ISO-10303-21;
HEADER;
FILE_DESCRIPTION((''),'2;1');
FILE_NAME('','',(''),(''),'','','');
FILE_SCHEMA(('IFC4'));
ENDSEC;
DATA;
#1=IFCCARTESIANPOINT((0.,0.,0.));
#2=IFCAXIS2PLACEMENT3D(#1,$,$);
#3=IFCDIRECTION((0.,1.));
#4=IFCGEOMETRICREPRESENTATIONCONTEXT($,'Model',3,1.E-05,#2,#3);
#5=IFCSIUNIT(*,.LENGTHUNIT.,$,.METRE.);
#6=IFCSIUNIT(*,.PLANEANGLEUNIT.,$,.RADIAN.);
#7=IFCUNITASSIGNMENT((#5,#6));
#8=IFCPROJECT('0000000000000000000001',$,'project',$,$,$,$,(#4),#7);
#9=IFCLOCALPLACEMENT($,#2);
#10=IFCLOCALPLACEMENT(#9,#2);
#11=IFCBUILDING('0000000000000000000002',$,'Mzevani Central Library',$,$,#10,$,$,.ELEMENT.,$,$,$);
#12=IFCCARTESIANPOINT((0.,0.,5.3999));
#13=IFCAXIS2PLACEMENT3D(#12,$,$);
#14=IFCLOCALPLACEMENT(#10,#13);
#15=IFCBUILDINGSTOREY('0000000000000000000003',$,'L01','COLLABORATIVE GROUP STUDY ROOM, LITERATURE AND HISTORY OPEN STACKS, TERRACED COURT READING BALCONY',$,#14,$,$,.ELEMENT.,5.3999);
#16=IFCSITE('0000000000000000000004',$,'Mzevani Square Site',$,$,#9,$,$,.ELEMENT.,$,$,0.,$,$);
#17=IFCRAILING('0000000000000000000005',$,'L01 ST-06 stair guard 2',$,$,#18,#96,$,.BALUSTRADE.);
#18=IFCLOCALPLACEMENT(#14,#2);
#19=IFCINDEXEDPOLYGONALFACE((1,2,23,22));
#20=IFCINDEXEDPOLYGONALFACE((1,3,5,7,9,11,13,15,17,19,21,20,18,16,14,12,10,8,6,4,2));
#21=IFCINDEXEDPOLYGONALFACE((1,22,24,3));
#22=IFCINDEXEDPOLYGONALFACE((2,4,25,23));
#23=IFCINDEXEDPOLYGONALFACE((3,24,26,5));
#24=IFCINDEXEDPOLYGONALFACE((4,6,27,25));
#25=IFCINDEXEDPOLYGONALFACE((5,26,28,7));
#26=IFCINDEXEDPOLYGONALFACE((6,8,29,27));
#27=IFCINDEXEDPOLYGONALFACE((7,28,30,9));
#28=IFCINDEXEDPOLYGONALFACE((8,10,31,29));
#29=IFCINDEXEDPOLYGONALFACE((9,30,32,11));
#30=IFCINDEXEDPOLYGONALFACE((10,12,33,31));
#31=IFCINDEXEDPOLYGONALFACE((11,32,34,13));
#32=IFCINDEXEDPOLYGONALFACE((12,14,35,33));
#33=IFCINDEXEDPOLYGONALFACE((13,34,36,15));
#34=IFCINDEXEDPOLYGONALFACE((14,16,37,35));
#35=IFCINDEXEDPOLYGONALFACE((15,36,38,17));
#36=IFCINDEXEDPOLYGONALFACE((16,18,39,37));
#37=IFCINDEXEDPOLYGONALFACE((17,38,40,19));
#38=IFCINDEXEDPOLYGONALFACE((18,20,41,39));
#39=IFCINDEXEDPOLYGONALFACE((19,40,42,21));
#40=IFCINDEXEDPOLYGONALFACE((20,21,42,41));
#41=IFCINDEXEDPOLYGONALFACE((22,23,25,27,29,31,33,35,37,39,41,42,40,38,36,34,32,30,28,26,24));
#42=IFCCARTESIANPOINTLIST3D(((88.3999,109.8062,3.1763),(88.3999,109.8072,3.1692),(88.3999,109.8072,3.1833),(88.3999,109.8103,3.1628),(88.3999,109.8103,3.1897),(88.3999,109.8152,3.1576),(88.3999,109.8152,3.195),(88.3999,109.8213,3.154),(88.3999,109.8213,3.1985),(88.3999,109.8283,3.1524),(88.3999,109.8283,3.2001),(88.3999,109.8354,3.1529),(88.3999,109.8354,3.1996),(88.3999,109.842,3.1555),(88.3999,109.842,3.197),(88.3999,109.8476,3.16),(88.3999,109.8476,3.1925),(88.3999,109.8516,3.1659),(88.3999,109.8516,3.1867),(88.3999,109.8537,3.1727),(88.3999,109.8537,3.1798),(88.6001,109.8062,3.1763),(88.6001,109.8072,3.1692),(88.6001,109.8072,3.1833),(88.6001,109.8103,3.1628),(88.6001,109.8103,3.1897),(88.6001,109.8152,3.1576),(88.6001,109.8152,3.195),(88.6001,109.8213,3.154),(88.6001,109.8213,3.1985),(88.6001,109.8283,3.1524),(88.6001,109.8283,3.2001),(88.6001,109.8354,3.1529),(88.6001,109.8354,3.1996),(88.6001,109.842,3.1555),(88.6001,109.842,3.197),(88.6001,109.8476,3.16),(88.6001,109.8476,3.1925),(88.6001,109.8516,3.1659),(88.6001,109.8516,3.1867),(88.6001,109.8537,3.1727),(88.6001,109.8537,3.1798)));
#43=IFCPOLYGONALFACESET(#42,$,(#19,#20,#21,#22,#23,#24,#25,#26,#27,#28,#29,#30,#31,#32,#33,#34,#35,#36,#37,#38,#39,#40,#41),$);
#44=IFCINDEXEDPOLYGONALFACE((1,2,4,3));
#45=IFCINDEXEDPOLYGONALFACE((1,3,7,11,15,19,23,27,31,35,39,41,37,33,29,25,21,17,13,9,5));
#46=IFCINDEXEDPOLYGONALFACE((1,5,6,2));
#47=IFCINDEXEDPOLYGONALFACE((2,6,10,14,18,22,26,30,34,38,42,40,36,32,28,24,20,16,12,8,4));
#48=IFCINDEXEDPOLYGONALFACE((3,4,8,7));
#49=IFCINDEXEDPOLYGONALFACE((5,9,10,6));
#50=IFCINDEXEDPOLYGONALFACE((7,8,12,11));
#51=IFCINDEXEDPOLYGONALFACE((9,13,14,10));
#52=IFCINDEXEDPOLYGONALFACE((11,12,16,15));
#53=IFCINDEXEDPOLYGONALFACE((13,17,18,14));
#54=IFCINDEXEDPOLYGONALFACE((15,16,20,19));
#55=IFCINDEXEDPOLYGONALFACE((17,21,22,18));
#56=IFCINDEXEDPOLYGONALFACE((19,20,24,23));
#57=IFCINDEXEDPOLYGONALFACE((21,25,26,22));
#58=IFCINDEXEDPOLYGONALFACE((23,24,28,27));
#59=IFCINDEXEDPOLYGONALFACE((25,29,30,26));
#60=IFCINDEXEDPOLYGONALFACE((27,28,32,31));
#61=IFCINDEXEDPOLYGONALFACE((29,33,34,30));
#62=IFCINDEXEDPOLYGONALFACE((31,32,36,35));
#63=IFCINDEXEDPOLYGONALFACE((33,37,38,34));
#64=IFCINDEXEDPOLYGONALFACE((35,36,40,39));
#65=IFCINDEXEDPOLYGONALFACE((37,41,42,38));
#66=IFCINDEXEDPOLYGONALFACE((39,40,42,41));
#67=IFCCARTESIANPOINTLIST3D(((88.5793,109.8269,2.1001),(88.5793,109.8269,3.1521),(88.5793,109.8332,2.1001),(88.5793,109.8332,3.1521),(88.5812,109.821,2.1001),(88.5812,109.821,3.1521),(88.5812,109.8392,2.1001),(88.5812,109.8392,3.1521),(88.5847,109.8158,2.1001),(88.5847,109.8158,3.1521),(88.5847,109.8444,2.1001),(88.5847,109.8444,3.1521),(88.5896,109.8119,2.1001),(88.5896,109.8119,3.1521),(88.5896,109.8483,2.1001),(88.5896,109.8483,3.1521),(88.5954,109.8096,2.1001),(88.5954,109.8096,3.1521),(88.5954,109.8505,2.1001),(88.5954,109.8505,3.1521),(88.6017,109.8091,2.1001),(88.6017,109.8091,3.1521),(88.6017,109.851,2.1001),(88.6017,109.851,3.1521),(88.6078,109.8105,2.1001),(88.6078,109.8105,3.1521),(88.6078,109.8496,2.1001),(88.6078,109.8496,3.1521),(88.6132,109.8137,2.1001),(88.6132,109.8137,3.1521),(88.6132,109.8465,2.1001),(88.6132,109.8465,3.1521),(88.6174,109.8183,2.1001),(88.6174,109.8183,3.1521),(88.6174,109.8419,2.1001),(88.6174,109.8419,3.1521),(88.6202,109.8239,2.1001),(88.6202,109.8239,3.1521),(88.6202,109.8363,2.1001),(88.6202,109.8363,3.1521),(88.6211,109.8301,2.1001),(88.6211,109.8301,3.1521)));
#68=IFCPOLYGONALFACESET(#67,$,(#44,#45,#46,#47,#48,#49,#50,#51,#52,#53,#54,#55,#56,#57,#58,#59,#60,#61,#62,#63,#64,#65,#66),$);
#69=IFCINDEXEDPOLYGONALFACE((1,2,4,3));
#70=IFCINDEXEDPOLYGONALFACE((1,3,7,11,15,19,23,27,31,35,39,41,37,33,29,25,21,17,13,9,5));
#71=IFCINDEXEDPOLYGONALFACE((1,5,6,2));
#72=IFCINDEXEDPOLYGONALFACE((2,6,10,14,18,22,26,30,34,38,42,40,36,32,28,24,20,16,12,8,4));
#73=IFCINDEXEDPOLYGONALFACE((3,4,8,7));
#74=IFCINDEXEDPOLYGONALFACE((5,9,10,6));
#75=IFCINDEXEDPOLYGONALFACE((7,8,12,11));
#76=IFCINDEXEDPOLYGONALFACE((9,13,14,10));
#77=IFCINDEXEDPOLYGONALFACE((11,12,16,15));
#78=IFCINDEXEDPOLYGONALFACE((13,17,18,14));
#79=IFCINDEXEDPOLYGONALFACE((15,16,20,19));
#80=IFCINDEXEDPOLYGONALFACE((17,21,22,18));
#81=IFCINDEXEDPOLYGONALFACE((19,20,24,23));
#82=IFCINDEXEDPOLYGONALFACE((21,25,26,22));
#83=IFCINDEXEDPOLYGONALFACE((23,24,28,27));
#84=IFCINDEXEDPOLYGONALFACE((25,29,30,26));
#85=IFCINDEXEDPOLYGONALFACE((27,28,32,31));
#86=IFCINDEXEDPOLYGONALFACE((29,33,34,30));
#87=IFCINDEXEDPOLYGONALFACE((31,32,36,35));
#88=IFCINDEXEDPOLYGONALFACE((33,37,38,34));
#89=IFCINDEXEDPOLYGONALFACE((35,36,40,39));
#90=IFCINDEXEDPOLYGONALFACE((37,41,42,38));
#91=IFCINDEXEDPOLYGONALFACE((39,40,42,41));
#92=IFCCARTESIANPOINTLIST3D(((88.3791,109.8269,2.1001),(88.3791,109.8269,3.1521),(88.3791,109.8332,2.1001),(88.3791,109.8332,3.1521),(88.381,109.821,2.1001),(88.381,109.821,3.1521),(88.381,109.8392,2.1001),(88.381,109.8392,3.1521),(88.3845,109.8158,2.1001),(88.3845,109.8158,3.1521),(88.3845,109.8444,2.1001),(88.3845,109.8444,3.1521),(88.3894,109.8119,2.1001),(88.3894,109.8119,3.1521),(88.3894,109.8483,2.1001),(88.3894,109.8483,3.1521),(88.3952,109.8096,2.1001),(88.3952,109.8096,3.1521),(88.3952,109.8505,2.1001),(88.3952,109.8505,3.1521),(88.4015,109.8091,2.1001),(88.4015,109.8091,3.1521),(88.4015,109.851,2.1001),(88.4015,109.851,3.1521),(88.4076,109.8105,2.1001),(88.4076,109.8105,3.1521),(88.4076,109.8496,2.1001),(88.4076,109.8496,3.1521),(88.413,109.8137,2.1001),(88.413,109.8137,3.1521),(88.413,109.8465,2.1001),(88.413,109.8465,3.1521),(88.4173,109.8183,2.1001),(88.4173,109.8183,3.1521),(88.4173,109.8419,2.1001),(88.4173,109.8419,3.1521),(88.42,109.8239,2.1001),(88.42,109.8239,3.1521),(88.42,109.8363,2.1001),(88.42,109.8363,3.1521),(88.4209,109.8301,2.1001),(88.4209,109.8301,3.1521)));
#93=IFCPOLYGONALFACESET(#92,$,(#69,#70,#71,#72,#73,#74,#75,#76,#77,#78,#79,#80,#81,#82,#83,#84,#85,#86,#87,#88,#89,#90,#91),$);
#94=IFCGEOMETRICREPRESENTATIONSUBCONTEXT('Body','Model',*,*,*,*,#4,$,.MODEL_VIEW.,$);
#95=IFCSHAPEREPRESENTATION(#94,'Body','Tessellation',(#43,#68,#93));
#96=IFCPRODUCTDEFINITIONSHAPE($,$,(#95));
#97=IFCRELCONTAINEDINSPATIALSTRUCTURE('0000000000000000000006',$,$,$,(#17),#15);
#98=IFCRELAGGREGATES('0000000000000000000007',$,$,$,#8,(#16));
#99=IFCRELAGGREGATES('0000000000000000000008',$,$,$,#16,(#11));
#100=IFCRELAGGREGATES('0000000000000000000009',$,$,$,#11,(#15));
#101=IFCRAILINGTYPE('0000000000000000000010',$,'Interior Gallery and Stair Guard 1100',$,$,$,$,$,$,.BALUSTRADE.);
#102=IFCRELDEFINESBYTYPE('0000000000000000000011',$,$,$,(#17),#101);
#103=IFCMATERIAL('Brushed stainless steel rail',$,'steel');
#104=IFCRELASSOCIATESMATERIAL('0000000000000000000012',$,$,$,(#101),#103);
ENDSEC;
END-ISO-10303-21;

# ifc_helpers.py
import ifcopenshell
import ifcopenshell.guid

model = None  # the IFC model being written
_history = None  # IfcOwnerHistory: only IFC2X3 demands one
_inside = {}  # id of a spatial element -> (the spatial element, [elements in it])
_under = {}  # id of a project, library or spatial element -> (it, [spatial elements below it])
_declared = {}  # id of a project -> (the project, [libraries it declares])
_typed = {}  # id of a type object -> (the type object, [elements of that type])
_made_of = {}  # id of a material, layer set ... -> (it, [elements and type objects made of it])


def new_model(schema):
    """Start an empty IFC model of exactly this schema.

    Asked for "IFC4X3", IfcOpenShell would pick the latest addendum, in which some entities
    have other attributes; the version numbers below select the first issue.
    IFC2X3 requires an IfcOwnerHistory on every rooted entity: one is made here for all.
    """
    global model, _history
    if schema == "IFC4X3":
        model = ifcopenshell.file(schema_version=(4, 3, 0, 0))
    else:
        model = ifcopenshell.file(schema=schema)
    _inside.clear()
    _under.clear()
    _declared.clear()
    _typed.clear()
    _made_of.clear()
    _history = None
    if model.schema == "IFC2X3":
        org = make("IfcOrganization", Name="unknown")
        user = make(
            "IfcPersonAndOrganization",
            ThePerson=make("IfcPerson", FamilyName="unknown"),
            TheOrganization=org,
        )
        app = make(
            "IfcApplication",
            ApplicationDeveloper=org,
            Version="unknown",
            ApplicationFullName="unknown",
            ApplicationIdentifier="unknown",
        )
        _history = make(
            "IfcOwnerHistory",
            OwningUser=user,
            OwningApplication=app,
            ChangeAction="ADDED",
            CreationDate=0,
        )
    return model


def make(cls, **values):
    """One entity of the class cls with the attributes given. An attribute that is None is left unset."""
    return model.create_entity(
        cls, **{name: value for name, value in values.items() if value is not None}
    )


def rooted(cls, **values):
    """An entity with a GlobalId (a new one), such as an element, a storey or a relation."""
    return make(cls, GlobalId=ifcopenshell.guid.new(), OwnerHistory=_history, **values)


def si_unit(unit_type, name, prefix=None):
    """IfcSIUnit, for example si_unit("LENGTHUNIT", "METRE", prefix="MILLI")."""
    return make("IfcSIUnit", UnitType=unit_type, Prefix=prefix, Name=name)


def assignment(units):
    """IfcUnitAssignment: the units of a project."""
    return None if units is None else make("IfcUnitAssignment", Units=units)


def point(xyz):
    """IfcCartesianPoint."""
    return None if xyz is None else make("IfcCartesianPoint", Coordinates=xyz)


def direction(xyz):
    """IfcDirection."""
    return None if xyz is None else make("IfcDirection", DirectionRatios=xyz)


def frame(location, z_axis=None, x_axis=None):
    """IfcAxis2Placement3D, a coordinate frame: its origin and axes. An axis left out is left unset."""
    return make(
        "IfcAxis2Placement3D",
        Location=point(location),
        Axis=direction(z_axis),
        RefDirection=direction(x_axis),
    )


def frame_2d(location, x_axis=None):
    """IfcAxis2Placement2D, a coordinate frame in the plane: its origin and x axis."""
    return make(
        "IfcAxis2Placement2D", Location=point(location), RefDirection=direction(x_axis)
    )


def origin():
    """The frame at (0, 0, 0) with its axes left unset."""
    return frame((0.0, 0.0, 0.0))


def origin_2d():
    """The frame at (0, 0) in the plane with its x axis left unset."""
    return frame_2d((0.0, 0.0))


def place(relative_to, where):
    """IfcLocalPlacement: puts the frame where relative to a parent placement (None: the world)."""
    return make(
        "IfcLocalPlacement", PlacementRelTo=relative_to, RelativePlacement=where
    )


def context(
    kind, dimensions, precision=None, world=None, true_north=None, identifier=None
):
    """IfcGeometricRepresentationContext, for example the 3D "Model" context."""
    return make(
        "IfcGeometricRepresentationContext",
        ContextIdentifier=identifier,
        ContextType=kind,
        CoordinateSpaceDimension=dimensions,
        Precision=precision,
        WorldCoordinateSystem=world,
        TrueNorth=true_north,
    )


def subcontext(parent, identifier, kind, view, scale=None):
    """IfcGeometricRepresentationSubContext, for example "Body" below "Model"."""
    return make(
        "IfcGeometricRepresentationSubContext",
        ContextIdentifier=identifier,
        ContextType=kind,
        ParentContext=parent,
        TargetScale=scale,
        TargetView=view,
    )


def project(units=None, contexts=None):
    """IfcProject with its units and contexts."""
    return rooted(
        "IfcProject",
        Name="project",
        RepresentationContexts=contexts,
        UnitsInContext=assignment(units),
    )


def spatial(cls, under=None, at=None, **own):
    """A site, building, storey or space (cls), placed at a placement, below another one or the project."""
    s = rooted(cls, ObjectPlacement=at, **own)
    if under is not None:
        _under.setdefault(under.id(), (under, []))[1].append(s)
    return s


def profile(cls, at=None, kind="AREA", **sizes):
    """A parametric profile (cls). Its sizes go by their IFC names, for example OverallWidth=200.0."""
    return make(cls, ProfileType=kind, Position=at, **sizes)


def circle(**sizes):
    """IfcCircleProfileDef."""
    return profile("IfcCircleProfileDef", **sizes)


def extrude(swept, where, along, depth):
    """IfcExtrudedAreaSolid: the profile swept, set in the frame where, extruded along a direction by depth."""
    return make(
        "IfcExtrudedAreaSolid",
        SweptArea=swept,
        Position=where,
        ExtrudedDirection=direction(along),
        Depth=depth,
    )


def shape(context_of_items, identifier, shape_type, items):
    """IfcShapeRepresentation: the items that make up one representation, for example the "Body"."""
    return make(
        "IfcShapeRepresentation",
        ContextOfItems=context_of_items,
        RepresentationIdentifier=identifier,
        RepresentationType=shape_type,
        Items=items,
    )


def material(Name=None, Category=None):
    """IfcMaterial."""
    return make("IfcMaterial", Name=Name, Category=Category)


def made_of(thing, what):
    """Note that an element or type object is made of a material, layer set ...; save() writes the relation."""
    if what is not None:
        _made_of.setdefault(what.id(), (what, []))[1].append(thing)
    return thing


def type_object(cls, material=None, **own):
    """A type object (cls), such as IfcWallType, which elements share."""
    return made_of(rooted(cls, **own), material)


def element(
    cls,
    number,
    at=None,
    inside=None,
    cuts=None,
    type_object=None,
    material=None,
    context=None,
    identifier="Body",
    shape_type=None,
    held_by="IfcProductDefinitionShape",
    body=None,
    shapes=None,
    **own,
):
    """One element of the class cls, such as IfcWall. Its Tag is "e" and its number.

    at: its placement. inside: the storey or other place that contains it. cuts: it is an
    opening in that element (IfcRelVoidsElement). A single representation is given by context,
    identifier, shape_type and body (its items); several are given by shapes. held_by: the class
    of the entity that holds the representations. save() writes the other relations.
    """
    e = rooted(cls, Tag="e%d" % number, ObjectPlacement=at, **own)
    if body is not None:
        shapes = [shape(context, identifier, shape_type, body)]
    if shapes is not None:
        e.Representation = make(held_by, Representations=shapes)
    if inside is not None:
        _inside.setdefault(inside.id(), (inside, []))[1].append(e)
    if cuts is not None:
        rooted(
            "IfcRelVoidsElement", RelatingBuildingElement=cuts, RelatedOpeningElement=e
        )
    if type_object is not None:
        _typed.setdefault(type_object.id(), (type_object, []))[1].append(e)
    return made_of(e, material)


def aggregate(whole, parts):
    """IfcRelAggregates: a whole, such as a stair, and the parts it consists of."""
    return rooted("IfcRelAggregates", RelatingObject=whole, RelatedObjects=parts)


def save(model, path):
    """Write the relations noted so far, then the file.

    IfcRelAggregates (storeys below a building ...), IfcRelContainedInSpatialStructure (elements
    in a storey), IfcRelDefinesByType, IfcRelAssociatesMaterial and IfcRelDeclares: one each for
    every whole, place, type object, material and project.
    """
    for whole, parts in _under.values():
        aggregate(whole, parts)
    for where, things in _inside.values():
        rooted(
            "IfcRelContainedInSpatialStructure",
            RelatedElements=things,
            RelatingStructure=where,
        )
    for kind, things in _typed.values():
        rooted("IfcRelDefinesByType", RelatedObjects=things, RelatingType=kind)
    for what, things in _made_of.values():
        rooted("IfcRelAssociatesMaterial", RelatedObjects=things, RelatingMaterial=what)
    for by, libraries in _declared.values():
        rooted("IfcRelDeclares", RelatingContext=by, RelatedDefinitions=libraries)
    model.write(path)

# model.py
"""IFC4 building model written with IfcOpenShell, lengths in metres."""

from ifc_helpers import new_model, si_unit, direction, frame, origin, origin_2d, place, context, subcontext, project, spatial, circle, extrude, material, type_object, element, save


model = new_model("IFC4")

# Units and contexts
model_context = context("Model", 3, precision=1e-05, world=origin(), true_north=direction((0.0, 1.0)))
body_context = subcontext(model_context, "Body", "Model", "MODEL_VIEW")
ifc_project = project(units=[si_unit("LENGTHUNIT", "METRE"), si_unit("PLANEANGLEUNIT", "RADIAN")], contexts=[model_context])

# Site, building, storey
site_placement = place(None, origin())
site = spatial("IfcSite", under=ifc_project, at=site_placement, Name="Mzevani Square Site", CompositionType="ELEMENT", RefElevation=0.0)
building_placement = place(site_placement, origin())
building = spatial("IfcBuilding", under=site, at=building_placement, Name="Mzevani Central Library", CompositionType="ELEMENT")
storey_placement = place(building_placement, frame((0.0, 0.0, 5.3999)))
storey = spatial("IfcBuildingStorey", under=building, at=storey_placement, Name="L01", Description="COLLABORATIVE GROUP STUDY ROOM, LITERATURE AND HISTORY OPEN STACKS, TERRACED COURT READING BALCONY", CompositionType="ELEMENT", Elevation=5.3999)

# Railing
ifc_material_1 = material(Name="Brushed stainless steel rail", Category="steel")
railing_type_1 = type_object("IfcRailingType", Name="Interior Gallery and Stair Guard 1100", PredefinedType="BALUSTRADE", material=ifc_material_1)
railing_1_placement = place(storey_placement, frame((88.6001, 109.8301, 2.1001)))
element("IfcRailing", 1, at=railing_1_placement, inside=storey, type_object=railing_type_1, Name="L01 ST-06 stair guard 2", PredefinedType="BALUSTRADE", context=body_context, shape_type="SweptSolid", body=[
    extrude(circle(Radius=0.0239, at=origin_2d()), frame((0.0, 0.0, 1.0762), z_axis=(-1.0, 0.0, 0.0), x_axis=(0.0, -1.0, 0.0)), (0.0, 0.0, 1.0), 0.2002),
    extrude(circle(Radius=0.021, at=origin_2d()), origin(), (0.0, 0.0, 1.0), 1.052),
    extrude(circle(Radius=0.021, at=origin_2d()), frame((-0.2002, 0.0, 0.0)), (0.0, 0.0, 1.0), 1.052),
])

save(model, "model.ifc")
